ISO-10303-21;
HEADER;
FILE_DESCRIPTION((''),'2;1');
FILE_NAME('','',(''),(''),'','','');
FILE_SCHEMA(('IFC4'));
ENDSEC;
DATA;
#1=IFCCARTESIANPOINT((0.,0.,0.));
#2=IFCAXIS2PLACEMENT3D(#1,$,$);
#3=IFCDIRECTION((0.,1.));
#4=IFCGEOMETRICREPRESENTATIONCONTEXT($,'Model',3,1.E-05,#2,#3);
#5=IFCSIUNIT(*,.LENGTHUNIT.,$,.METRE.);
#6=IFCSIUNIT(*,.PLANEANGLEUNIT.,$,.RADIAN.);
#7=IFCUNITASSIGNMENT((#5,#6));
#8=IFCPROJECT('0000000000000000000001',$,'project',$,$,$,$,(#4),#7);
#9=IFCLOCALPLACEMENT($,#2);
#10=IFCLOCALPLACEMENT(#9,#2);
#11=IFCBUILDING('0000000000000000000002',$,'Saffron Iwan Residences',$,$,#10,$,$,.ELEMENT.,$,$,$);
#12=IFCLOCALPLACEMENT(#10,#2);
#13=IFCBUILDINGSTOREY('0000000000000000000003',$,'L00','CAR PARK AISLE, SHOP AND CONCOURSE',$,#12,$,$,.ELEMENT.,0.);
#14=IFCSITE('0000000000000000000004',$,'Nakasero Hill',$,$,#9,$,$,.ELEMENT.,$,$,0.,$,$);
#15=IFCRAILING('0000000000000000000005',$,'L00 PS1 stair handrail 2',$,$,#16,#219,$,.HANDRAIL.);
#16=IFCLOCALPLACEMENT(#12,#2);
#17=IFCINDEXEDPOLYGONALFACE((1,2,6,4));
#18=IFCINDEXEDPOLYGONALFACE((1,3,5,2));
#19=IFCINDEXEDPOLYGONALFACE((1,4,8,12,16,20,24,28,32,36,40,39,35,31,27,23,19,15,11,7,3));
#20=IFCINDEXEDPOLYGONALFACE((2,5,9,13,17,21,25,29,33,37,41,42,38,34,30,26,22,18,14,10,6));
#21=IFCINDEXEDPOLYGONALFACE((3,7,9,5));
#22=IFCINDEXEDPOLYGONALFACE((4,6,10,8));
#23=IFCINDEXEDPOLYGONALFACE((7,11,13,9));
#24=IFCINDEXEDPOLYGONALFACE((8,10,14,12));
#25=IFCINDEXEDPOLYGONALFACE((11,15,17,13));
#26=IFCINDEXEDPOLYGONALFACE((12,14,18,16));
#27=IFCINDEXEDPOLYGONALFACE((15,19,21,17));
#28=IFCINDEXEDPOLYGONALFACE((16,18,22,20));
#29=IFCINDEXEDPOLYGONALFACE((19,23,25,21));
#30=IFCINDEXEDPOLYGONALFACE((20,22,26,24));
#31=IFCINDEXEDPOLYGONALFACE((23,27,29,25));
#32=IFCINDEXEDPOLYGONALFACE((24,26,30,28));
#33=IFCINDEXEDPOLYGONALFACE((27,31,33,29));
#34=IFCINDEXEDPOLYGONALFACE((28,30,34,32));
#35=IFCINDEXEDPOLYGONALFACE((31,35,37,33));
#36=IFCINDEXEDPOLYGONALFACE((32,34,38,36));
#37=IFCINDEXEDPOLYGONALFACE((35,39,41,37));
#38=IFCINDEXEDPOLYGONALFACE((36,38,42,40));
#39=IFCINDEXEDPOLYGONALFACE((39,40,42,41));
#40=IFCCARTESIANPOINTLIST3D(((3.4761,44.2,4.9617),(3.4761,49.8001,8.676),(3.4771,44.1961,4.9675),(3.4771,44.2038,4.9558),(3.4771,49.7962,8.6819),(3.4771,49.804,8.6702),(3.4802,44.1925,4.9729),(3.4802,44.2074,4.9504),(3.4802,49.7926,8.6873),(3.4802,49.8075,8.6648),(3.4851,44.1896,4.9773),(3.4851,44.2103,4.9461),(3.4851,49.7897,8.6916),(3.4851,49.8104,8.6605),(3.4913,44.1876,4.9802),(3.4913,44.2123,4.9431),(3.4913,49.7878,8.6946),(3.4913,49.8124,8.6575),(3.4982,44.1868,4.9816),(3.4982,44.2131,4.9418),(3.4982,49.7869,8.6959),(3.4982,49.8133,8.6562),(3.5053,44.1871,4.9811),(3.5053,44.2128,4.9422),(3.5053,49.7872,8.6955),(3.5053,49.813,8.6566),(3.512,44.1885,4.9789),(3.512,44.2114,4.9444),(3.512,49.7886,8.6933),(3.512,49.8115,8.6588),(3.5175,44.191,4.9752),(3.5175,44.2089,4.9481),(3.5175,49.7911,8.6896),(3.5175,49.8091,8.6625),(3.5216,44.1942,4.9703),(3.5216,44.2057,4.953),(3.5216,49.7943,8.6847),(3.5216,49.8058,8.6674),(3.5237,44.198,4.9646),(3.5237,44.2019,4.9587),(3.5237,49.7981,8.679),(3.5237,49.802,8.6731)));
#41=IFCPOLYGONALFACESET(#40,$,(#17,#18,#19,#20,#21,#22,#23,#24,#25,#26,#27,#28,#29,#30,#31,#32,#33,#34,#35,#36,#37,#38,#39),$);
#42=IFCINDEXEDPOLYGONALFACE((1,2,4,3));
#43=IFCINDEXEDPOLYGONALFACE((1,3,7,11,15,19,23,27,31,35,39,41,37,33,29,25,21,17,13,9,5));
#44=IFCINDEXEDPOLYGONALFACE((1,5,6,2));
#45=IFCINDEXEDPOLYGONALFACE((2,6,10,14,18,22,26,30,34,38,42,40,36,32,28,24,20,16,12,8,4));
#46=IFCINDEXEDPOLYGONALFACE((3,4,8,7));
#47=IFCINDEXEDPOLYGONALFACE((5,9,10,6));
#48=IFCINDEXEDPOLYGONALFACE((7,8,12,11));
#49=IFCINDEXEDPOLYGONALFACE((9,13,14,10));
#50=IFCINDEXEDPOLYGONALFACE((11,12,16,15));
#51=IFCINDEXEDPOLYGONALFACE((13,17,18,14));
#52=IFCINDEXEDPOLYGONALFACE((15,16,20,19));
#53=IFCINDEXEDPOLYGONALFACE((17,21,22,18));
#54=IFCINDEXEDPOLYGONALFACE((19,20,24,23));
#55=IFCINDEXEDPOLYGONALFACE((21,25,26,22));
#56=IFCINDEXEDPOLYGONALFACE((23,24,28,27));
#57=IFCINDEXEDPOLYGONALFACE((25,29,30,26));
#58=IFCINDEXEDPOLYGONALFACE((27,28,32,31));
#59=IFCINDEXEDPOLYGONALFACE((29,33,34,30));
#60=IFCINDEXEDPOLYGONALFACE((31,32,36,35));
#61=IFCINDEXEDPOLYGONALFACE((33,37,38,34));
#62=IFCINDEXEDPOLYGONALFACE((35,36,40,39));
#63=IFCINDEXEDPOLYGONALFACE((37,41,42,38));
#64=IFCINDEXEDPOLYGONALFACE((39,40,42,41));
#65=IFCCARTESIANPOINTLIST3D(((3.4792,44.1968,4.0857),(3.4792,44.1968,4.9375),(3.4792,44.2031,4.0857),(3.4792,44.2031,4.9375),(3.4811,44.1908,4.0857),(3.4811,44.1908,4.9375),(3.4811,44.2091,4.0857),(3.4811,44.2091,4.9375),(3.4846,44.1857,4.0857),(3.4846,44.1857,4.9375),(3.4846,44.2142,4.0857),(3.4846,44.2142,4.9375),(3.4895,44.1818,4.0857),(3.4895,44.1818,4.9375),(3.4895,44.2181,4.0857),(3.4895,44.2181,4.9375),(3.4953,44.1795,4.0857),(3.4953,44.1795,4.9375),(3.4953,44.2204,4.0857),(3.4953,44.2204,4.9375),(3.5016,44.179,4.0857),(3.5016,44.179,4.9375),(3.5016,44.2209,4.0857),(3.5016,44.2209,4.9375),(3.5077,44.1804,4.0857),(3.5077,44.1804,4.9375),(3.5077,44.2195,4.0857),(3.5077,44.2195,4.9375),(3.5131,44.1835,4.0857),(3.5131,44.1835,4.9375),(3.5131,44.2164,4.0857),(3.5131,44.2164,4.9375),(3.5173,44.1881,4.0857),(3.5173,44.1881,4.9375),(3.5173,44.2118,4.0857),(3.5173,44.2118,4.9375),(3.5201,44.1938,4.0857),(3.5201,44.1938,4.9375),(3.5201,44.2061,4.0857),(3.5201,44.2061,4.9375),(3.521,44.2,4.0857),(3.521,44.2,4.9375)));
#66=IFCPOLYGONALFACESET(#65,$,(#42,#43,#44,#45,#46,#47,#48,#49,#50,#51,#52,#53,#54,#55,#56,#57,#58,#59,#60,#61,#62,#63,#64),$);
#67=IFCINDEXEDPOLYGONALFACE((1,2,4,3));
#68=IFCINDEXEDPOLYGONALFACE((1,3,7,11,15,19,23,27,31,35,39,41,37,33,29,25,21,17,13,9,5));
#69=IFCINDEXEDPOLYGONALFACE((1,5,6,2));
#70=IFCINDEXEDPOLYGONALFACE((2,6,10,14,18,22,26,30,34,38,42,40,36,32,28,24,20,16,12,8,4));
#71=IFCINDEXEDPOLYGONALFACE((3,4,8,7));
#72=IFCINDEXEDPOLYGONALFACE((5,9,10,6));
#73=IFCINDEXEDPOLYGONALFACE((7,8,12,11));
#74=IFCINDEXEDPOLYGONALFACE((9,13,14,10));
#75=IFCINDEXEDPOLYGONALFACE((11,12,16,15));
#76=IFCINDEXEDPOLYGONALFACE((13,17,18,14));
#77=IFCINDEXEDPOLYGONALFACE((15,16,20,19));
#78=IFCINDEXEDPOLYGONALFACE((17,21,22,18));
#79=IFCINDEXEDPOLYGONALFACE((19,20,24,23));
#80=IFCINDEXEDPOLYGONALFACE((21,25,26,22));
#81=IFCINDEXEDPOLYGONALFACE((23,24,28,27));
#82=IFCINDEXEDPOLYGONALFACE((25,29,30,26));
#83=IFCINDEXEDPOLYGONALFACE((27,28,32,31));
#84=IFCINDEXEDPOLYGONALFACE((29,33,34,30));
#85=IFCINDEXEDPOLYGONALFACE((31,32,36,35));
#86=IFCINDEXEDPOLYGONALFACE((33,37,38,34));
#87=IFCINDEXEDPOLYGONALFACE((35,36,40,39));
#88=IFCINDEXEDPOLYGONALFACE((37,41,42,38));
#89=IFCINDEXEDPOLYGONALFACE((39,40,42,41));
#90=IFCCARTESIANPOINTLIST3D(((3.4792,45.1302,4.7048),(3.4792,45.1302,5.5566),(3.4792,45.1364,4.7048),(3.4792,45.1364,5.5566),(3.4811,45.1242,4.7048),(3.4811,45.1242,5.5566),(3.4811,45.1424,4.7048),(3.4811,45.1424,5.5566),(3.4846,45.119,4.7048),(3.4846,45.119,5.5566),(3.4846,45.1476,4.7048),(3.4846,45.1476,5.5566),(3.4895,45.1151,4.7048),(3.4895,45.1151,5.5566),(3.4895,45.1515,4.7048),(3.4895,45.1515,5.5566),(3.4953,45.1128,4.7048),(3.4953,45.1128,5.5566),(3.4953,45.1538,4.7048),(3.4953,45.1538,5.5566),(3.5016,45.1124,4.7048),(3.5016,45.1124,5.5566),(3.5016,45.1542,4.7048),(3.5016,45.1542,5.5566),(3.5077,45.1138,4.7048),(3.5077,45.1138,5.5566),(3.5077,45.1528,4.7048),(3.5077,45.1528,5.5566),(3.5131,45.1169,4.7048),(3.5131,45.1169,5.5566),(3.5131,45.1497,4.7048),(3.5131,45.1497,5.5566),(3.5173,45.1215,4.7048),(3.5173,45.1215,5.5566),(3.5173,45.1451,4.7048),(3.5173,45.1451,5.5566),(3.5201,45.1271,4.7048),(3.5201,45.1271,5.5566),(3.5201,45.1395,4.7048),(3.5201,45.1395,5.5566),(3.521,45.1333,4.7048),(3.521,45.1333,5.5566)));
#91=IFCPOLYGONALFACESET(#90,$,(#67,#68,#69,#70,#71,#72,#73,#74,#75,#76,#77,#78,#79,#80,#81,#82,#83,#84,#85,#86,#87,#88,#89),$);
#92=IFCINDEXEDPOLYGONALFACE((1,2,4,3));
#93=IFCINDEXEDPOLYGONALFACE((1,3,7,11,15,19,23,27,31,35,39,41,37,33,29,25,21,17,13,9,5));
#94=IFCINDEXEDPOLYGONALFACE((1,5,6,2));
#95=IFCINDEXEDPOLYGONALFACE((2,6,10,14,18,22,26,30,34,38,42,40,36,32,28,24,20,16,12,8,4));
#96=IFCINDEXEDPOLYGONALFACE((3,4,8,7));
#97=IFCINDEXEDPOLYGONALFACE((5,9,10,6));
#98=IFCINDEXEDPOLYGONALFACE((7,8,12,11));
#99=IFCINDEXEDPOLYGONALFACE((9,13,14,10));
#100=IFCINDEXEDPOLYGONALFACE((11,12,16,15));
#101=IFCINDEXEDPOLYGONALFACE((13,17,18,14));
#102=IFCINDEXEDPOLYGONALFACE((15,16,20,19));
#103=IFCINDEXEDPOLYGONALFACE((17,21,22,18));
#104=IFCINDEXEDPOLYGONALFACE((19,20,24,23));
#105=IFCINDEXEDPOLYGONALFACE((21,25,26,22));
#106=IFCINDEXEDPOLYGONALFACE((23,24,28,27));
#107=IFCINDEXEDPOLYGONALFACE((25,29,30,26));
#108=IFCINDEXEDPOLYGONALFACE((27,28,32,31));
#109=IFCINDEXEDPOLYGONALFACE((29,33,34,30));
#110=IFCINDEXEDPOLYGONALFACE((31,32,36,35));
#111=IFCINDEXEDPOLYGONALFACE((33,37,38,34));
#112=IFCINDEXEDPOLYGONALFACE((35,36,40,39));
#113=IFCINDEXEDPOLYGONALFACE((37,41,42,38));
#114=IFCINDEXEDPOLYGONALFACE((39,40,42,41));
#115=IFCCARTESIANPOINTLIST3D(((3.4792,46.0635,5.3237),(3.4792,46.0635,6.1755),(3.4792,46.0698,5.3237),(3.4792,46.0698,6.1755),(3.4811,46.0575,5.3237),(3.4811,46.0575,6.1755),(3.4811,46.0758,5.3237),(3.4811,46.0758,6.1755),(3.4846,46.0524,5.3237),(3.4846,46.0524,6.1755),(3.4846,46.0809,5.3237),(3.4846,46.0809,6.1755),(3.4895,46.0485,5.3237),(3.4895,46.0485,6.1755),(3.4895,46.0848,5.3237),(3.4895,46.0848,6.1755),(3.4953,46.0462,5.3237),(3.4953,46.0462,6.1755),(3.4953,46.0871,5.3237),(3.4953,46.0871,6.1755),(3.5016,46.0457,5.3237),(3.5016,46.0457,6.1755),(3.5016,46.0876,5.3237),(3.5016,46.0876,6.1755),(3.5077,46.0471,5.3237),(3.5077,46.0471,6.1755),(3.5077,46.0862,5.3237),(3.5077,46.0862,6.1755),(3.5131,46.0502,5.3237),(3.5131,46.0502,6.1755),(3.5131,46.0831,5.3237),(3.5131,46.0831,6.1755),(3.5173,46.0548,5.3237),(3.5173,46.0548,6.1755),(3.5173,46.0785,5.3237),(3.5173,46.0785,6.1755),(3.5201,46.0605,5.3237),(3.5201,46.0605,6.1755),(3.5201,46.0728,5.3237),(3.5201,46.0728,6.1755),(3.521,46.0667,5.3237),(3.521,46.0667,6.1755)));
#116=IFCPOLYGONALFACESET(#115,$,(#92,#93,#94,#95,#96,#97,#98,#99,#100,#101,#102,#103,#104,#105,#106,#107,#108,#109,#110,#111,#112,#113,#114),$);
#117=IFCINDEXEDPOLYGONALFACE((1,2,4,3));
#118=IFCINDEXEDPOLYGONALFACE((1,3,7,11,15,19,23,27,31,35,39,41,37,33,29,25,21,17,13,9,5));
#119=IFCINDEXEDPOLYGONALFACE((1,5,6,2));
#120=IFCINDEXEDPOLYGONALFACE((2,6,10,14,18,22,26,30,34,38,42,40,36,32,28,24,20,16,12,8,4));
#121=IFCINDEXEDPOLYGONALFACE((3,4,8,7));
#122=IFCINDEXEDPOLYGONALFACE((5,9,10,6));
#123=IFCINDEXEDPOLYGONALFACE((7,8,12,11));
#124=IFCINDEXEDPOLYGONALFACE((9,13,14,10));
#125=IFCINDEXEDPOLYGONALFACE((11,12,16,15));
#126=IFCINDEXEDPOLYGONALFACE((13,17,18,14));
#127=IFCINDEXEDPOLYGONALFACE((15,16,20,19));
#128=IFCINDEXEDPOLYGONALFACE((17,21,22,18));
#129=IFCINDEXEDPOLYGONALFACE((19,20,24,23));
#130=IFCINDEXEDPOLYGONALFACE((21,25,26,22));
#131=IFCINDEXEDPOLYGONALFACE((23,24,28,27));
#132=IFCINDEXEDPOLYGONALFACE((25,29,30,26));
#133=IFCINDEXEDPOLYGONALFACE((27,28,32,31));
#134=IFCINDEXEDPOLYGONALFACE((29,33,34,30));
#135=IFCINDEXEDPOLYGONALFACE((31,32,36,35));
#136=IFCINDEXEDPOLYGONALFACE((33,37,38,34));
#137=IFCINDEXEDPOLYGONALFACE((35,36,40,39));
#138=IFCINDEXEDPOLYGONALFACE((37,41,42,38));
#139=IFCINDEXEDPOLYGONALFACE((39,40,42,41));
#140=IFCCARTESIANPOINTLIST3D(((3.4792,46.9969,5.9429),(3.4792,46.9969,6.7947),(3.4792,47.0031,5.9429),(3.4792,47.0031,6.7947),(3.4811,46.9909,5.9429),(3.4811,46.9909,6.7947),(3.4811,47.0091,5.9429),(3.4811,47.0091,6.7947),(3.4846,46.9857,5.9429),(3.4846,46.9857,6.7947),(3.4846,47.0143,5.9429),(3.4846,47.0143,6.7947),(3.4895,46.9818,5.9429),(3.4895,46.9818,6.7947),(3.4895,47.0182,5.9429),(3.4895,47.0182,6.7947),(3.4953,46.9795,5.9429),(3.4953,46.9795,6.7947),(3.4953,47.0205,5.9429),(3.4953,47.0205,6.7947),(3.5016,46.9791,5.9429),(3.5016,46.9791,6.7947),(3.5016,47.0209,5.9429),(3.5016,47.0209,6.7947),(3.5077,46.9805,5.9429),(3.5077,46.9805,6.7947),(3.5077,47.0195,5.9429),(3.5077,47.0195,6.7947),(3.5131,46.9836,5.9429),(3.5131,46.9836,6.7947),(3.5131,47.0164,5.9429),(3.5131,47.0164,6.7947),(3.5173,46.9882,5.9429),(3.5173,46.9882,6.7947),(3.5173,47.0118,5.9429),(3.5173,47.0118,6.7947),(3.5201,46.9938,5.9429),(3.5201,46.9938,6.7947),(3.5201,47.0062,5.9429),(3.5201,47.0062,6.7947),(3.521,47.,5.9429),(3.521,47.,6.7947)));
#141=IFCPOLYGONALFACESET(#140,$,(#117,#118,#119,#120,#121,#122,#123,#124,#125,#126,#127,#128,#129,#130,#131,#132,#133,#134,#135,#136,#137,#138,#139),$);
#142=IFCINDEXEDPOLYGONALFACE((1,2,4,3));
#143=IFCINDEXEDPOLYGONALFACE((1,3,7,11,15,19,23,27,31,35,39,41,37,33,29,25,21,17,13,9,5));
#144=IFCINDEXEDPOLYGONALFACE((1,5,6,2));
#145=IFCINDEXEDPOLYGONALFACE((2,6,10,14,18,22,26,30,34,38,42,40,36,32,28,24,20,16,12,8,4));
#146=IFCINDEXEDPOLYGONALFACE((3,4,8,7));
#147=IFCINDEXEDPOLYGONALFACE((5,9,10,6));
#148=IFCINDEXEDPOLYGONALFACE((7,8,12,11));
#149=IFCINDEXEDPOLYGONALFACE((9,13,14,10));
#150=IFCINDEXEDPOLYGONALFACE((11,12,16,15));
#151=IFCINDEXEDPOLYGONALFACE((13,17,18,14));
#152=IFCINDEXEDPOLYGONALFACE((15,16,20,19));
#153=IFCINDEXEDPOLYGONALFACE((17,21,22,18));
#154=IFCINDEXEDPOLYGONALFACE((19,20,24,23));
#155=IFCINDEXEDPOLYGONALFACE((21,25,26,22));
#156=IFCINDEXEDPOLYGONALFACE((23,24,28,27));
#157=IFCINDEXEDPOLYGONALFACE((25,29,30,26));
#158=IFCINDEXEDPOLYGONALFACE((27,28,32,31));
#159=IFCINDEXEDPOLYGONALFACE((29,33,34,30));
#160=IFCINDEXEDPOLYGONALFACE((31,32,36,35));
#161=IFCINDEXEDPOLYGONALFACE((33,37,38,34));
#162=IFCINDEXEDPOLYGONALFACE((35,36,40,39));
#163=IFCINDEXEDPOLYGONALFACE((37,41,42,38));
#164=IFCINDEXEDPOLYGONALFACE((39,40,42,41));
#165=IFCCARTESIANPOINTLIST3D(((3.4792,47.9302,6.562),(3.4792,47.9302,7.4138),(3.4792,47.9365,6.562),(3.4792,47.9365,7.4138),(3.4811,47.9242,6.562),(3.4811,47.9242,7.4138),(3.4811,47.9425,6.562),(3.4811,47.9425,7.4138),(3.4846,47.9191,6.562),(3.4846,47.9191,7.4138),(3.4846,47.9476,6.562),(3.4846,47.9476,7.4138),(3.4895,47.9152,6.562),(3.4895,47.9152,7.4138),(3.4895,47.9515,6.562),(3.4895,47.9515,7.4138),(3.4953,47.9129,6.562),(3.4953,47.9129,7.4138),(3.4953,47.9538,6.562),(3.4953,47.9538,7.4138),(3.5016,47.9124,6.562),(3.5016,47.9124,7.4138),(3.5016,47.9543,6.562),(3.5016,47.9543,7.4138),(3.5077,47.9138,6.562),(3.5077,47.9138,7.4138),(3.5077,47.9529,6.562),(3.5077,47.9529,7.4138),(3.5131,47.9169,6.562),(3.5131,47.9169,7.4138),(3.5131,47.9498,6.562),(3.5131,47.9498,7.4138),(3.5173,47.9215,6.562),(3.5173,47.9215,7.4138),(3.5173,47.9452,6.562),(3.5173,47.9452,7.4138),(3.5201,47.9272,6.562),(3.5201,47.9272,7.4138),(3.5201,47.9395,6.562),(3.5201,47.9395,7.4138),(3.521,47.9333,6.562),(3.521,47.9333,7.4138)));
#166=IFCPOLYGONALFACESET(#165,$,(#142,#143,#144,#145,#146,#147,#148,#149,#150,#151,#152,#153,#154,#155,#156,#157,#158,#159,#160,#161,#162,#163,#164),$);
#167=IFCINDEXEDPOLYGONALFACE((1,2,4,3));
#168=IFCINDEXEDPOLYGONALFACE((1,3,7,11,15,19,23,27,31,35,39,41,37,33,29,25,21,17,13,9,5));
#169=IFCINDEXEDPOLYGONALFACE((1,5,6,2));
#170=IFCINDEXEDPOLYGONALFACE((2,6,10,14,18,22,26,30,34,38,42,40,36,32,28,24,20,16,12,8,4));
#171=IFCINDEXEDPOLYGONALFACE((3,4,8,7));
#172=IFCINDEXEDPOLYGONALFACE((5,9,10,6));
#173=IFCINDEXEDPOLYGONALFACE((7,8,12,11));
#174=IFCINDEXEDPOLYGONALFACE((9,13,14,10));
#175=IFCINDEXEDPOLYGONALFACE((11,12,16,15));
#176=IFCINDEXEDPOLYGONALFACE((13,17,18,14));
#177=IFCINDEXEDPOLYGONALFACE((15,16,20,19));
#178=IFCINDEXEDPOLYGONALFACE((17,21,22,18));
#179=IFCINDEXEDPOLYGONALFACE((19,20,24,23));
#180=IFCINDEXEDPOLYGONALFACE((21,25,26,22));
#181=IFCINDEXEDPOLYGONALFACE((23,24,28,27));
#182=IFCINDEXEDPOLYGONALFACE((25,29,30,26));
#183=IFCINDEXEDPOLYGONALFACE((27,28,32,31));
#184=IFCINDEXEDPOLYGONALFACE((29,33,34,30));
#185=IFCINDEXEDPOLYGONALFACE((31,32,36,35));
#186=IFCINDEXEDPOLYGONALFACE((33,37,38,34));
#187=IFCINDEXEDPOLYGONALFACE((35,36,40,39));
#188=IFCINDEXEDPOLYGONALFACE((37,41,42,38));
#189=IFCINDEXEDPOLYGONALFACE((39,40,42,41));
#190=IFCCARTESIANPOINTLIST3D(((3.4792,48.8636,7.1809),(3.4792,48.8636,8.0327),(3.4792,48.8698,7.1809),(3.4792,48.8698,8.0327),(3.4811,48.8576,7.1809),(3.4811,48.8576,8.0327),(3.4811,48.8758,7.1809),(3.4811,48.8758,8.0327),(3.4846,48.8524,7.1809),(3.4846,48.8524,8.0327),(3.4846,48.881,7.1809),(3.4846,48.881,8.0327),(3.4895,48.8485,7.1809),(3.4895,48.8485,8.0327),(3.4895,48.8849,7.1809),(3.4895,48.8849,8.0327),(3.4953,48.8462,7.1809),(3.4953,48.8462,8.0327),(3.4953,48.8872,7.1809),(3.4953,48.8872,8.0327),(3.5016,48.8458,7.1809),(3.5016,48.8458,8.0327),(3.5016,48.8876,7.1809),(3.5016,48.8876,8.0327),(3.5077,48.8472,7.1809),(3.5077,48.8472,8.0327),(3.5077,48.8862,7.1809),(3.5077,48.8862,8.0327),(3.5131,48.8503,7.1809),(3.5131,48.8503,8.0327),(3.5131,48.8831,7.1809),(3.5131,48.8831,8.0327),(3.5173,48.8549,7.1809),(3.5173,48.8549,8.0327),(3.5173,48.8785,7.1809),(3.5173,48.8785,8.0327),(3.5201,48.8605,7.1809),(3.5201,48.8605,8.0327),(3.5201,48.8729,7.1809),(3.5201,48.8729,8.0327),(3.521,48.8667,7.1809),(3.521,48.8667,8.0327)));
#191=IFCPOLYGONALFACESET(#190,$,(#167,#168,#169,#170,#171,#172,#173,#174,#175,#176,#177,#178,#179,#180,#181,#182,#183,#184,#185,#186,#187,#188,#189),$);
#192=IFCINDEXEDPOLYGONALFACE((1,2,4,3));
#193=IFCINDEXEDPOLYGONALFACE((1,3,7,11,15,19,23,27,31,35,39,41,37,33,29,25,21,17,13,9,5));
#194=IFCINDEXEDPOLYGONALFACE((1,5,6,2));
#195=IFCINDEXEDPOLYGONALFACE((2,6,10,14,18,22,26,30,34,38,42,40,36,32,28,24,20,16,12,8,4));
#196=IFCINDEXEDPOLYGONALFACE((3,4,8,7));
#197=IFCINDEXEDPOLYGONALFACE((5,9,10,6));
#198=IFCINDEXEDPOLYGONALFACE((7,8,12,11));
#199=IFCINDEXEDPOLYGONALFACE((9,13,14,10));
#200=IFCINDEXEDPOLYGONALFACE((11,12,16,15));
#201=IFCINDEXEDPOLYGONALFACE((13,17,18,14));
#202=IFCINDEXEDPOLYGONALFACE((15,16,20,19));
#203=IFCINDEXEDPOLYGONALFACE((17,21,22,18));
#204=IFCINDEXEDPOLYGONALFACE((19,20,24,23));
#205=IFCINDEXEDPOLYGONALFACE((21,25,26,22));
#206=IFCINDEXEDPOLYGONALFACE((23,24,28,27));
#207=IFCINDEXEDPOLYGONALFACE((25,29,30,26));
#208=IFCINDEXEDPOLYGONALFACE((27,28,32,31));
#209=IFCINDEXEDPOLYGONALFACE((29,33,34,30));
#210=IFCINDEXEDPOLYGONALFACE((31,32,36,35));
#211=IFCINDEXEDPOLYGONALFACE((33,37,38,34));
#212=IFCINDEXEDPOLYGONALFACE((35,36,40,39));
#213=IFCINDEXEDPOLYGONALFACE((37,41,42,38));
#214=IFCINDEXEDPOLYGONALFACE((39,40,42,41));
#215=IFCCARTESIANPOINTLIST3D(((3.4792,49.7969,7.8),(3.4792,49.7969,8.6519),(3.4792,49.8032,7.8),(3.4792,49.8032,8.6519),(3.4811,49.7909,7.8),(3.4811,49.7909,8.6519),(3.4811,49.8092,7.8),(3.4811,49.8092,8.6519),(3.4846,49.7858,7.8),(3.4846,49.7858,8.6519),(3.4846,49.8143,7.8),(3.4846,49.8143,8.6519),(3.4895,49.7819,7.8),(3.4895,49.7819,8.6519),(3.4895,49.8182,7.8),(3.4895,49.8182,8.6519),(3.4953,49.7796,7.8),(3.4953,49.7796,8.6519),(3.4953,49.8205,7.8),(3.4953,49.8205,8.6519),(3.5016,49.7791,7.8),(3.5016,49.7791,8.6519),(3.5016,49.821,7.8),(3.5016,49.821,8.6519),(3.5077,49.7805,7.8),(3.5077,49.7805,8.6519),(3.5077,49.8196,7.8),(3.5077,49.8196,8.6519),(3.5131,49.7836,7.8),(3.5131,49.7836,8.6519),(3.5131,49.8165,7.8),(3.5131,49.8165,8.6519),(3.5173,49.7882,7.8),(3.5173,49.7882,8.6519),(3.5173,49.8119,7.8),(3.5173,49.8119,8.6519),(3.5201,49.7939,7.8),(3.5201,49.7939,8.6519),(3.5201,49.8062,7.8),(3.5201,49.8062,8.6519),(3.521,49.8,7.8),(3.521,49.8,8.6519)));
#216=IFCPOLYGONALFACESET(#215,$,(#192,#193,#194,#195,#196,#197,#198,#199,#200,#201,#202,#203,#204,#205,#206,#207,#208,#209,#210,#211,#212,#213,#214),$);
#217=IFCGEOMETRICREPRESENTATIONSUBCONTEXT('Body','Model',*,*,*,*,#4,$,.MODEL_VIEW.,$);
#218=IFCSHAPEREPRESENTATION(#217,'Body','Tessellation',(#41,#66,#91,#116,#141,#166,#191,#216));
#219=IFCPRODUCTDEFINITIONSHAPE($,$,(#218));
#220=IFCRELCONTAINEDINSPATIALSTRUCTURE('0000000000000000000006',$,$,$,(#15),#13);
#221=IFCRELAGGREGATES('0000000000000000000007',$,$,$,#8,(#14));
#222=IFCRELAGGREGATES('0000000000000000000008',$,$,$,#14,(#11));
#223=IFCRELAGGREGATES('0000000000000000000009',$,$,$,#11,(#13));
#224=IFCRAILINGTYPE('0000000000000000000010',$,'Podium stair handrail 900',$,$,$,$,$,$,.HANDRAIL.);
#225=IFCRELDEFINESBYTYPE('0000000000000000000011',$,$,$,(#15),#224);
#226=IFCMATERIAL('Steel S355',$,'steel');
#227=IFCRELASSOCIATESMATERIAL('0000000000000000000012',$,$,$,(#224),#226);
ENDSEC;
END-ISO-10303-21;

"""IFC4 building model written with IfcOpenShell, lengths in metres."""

from ifc_helpers import new_model, si_unit, direction, frame, origin, origin_2d, place, context, subcontext, project, spatial, circle, extrude, material, type_object, element, save


model = new_model("IFC4")

# Units and contexts
model_context = context("Model", 3, precision=1e-05, world=origin(), true_north=direction((0.0, 1.0)))
body_context = subcontext(model_context, "Body", "Model", "MODEL_VIEW")
ifc_project = project(units=[si_unit("LENGTHUNIT", "METRE"), si_unit("PLANEANGLEUNIT", "RADIAN")], contexts=[model_context])

# Site, building, storey
site_placement = place(None, origin())
site = spatial("IfcSite", under=ifc_project, at=site_placement, Name="Nakasero Hill", CompositionType="ELEMENT", RefElevation=0.0)
building_placement = place(site_placement, origin())
building = spatial("IfcBuilding", under=site, at=building_placement, Name="Saffron Iwan Residences", CompositionType="ELEMENT")
storey_placement = place(building_placement, origin())
storey = spatial("IfcBuildingStorey", under=building, at=storey_placement, Name="L00", Description="CAR PARK AISLE, SHOP AND CONCOURSE", CompositionType="ELEMENT", Elevation=0.0)

# Railing
ifc_material_1 = material(Name="Steel S355", Category="steel")
railing_type_1 = type_object("IfcRailingType", Name="Podium stair handrail 900", PredefinedType="HANDRAIL", material=ifc_material_1)
railing_1_placement = place(storey_placement, frame((3.5, 44.2, 4.0857)))
element("IfcRailing", 1, at=railing_1_placement, inside=storey, type_object=railing_type_1, Name="L00 PS1 stair handrail 2", PredefinedType="HANDRAIL", context=body_context, shape_type="SweptSolid", body=[
    extrude(circle(Radius=0.0239, at=origin_2d()), frame((0.0, 0.0, 0.876), z_axis=(0.0, 0.833356, 0.552737), x_axis=(-1.0, 0.0, 0.0)), (0.0, 0.0, 1.0), 6.72),
    extrude(circle(Radius=0.021, at=origin_2d()), origin(), (0.0, 0.0, 1.0), 0.8518),
    extrude(circle(Radius=0.021, at=origin_2d()), frame((0.0, 0.9333, 0.6191)), (0.0, 0.0, 1.0), 0.8518),
    extrude(circle(Radius=0.021, at=origin_2d()), frame((0.0, 1.8667, 1.238)), (0.0, 0.0, 1.0), 0.8518),
    extrude(circle(Radius=0.021, at=origin_2d()), frame((0.0, 2.8, 1.8572)), (0.0, 0.0, 1.0), 0.8518),
    extrude(circle(Radius=0.021, at=origin_2d()), frame((0.0, 3.7334, 2.4763)), (0.0, 0.0, 1.0), 0.8518),
    extrude(circle(Radius=0.021, at=origin_2d()), frame((0.0, 4.6667, 3.0952)), (0.0, 0.0, 1.0), 0.8518),
    extrude(circle(Radius=0.021, at=origin_2d()), frame((0.0, 5.6001, 3.7144)), (0.0, 0.0, 1.0), 0.8518),
])

save(model, "model.ifc")
